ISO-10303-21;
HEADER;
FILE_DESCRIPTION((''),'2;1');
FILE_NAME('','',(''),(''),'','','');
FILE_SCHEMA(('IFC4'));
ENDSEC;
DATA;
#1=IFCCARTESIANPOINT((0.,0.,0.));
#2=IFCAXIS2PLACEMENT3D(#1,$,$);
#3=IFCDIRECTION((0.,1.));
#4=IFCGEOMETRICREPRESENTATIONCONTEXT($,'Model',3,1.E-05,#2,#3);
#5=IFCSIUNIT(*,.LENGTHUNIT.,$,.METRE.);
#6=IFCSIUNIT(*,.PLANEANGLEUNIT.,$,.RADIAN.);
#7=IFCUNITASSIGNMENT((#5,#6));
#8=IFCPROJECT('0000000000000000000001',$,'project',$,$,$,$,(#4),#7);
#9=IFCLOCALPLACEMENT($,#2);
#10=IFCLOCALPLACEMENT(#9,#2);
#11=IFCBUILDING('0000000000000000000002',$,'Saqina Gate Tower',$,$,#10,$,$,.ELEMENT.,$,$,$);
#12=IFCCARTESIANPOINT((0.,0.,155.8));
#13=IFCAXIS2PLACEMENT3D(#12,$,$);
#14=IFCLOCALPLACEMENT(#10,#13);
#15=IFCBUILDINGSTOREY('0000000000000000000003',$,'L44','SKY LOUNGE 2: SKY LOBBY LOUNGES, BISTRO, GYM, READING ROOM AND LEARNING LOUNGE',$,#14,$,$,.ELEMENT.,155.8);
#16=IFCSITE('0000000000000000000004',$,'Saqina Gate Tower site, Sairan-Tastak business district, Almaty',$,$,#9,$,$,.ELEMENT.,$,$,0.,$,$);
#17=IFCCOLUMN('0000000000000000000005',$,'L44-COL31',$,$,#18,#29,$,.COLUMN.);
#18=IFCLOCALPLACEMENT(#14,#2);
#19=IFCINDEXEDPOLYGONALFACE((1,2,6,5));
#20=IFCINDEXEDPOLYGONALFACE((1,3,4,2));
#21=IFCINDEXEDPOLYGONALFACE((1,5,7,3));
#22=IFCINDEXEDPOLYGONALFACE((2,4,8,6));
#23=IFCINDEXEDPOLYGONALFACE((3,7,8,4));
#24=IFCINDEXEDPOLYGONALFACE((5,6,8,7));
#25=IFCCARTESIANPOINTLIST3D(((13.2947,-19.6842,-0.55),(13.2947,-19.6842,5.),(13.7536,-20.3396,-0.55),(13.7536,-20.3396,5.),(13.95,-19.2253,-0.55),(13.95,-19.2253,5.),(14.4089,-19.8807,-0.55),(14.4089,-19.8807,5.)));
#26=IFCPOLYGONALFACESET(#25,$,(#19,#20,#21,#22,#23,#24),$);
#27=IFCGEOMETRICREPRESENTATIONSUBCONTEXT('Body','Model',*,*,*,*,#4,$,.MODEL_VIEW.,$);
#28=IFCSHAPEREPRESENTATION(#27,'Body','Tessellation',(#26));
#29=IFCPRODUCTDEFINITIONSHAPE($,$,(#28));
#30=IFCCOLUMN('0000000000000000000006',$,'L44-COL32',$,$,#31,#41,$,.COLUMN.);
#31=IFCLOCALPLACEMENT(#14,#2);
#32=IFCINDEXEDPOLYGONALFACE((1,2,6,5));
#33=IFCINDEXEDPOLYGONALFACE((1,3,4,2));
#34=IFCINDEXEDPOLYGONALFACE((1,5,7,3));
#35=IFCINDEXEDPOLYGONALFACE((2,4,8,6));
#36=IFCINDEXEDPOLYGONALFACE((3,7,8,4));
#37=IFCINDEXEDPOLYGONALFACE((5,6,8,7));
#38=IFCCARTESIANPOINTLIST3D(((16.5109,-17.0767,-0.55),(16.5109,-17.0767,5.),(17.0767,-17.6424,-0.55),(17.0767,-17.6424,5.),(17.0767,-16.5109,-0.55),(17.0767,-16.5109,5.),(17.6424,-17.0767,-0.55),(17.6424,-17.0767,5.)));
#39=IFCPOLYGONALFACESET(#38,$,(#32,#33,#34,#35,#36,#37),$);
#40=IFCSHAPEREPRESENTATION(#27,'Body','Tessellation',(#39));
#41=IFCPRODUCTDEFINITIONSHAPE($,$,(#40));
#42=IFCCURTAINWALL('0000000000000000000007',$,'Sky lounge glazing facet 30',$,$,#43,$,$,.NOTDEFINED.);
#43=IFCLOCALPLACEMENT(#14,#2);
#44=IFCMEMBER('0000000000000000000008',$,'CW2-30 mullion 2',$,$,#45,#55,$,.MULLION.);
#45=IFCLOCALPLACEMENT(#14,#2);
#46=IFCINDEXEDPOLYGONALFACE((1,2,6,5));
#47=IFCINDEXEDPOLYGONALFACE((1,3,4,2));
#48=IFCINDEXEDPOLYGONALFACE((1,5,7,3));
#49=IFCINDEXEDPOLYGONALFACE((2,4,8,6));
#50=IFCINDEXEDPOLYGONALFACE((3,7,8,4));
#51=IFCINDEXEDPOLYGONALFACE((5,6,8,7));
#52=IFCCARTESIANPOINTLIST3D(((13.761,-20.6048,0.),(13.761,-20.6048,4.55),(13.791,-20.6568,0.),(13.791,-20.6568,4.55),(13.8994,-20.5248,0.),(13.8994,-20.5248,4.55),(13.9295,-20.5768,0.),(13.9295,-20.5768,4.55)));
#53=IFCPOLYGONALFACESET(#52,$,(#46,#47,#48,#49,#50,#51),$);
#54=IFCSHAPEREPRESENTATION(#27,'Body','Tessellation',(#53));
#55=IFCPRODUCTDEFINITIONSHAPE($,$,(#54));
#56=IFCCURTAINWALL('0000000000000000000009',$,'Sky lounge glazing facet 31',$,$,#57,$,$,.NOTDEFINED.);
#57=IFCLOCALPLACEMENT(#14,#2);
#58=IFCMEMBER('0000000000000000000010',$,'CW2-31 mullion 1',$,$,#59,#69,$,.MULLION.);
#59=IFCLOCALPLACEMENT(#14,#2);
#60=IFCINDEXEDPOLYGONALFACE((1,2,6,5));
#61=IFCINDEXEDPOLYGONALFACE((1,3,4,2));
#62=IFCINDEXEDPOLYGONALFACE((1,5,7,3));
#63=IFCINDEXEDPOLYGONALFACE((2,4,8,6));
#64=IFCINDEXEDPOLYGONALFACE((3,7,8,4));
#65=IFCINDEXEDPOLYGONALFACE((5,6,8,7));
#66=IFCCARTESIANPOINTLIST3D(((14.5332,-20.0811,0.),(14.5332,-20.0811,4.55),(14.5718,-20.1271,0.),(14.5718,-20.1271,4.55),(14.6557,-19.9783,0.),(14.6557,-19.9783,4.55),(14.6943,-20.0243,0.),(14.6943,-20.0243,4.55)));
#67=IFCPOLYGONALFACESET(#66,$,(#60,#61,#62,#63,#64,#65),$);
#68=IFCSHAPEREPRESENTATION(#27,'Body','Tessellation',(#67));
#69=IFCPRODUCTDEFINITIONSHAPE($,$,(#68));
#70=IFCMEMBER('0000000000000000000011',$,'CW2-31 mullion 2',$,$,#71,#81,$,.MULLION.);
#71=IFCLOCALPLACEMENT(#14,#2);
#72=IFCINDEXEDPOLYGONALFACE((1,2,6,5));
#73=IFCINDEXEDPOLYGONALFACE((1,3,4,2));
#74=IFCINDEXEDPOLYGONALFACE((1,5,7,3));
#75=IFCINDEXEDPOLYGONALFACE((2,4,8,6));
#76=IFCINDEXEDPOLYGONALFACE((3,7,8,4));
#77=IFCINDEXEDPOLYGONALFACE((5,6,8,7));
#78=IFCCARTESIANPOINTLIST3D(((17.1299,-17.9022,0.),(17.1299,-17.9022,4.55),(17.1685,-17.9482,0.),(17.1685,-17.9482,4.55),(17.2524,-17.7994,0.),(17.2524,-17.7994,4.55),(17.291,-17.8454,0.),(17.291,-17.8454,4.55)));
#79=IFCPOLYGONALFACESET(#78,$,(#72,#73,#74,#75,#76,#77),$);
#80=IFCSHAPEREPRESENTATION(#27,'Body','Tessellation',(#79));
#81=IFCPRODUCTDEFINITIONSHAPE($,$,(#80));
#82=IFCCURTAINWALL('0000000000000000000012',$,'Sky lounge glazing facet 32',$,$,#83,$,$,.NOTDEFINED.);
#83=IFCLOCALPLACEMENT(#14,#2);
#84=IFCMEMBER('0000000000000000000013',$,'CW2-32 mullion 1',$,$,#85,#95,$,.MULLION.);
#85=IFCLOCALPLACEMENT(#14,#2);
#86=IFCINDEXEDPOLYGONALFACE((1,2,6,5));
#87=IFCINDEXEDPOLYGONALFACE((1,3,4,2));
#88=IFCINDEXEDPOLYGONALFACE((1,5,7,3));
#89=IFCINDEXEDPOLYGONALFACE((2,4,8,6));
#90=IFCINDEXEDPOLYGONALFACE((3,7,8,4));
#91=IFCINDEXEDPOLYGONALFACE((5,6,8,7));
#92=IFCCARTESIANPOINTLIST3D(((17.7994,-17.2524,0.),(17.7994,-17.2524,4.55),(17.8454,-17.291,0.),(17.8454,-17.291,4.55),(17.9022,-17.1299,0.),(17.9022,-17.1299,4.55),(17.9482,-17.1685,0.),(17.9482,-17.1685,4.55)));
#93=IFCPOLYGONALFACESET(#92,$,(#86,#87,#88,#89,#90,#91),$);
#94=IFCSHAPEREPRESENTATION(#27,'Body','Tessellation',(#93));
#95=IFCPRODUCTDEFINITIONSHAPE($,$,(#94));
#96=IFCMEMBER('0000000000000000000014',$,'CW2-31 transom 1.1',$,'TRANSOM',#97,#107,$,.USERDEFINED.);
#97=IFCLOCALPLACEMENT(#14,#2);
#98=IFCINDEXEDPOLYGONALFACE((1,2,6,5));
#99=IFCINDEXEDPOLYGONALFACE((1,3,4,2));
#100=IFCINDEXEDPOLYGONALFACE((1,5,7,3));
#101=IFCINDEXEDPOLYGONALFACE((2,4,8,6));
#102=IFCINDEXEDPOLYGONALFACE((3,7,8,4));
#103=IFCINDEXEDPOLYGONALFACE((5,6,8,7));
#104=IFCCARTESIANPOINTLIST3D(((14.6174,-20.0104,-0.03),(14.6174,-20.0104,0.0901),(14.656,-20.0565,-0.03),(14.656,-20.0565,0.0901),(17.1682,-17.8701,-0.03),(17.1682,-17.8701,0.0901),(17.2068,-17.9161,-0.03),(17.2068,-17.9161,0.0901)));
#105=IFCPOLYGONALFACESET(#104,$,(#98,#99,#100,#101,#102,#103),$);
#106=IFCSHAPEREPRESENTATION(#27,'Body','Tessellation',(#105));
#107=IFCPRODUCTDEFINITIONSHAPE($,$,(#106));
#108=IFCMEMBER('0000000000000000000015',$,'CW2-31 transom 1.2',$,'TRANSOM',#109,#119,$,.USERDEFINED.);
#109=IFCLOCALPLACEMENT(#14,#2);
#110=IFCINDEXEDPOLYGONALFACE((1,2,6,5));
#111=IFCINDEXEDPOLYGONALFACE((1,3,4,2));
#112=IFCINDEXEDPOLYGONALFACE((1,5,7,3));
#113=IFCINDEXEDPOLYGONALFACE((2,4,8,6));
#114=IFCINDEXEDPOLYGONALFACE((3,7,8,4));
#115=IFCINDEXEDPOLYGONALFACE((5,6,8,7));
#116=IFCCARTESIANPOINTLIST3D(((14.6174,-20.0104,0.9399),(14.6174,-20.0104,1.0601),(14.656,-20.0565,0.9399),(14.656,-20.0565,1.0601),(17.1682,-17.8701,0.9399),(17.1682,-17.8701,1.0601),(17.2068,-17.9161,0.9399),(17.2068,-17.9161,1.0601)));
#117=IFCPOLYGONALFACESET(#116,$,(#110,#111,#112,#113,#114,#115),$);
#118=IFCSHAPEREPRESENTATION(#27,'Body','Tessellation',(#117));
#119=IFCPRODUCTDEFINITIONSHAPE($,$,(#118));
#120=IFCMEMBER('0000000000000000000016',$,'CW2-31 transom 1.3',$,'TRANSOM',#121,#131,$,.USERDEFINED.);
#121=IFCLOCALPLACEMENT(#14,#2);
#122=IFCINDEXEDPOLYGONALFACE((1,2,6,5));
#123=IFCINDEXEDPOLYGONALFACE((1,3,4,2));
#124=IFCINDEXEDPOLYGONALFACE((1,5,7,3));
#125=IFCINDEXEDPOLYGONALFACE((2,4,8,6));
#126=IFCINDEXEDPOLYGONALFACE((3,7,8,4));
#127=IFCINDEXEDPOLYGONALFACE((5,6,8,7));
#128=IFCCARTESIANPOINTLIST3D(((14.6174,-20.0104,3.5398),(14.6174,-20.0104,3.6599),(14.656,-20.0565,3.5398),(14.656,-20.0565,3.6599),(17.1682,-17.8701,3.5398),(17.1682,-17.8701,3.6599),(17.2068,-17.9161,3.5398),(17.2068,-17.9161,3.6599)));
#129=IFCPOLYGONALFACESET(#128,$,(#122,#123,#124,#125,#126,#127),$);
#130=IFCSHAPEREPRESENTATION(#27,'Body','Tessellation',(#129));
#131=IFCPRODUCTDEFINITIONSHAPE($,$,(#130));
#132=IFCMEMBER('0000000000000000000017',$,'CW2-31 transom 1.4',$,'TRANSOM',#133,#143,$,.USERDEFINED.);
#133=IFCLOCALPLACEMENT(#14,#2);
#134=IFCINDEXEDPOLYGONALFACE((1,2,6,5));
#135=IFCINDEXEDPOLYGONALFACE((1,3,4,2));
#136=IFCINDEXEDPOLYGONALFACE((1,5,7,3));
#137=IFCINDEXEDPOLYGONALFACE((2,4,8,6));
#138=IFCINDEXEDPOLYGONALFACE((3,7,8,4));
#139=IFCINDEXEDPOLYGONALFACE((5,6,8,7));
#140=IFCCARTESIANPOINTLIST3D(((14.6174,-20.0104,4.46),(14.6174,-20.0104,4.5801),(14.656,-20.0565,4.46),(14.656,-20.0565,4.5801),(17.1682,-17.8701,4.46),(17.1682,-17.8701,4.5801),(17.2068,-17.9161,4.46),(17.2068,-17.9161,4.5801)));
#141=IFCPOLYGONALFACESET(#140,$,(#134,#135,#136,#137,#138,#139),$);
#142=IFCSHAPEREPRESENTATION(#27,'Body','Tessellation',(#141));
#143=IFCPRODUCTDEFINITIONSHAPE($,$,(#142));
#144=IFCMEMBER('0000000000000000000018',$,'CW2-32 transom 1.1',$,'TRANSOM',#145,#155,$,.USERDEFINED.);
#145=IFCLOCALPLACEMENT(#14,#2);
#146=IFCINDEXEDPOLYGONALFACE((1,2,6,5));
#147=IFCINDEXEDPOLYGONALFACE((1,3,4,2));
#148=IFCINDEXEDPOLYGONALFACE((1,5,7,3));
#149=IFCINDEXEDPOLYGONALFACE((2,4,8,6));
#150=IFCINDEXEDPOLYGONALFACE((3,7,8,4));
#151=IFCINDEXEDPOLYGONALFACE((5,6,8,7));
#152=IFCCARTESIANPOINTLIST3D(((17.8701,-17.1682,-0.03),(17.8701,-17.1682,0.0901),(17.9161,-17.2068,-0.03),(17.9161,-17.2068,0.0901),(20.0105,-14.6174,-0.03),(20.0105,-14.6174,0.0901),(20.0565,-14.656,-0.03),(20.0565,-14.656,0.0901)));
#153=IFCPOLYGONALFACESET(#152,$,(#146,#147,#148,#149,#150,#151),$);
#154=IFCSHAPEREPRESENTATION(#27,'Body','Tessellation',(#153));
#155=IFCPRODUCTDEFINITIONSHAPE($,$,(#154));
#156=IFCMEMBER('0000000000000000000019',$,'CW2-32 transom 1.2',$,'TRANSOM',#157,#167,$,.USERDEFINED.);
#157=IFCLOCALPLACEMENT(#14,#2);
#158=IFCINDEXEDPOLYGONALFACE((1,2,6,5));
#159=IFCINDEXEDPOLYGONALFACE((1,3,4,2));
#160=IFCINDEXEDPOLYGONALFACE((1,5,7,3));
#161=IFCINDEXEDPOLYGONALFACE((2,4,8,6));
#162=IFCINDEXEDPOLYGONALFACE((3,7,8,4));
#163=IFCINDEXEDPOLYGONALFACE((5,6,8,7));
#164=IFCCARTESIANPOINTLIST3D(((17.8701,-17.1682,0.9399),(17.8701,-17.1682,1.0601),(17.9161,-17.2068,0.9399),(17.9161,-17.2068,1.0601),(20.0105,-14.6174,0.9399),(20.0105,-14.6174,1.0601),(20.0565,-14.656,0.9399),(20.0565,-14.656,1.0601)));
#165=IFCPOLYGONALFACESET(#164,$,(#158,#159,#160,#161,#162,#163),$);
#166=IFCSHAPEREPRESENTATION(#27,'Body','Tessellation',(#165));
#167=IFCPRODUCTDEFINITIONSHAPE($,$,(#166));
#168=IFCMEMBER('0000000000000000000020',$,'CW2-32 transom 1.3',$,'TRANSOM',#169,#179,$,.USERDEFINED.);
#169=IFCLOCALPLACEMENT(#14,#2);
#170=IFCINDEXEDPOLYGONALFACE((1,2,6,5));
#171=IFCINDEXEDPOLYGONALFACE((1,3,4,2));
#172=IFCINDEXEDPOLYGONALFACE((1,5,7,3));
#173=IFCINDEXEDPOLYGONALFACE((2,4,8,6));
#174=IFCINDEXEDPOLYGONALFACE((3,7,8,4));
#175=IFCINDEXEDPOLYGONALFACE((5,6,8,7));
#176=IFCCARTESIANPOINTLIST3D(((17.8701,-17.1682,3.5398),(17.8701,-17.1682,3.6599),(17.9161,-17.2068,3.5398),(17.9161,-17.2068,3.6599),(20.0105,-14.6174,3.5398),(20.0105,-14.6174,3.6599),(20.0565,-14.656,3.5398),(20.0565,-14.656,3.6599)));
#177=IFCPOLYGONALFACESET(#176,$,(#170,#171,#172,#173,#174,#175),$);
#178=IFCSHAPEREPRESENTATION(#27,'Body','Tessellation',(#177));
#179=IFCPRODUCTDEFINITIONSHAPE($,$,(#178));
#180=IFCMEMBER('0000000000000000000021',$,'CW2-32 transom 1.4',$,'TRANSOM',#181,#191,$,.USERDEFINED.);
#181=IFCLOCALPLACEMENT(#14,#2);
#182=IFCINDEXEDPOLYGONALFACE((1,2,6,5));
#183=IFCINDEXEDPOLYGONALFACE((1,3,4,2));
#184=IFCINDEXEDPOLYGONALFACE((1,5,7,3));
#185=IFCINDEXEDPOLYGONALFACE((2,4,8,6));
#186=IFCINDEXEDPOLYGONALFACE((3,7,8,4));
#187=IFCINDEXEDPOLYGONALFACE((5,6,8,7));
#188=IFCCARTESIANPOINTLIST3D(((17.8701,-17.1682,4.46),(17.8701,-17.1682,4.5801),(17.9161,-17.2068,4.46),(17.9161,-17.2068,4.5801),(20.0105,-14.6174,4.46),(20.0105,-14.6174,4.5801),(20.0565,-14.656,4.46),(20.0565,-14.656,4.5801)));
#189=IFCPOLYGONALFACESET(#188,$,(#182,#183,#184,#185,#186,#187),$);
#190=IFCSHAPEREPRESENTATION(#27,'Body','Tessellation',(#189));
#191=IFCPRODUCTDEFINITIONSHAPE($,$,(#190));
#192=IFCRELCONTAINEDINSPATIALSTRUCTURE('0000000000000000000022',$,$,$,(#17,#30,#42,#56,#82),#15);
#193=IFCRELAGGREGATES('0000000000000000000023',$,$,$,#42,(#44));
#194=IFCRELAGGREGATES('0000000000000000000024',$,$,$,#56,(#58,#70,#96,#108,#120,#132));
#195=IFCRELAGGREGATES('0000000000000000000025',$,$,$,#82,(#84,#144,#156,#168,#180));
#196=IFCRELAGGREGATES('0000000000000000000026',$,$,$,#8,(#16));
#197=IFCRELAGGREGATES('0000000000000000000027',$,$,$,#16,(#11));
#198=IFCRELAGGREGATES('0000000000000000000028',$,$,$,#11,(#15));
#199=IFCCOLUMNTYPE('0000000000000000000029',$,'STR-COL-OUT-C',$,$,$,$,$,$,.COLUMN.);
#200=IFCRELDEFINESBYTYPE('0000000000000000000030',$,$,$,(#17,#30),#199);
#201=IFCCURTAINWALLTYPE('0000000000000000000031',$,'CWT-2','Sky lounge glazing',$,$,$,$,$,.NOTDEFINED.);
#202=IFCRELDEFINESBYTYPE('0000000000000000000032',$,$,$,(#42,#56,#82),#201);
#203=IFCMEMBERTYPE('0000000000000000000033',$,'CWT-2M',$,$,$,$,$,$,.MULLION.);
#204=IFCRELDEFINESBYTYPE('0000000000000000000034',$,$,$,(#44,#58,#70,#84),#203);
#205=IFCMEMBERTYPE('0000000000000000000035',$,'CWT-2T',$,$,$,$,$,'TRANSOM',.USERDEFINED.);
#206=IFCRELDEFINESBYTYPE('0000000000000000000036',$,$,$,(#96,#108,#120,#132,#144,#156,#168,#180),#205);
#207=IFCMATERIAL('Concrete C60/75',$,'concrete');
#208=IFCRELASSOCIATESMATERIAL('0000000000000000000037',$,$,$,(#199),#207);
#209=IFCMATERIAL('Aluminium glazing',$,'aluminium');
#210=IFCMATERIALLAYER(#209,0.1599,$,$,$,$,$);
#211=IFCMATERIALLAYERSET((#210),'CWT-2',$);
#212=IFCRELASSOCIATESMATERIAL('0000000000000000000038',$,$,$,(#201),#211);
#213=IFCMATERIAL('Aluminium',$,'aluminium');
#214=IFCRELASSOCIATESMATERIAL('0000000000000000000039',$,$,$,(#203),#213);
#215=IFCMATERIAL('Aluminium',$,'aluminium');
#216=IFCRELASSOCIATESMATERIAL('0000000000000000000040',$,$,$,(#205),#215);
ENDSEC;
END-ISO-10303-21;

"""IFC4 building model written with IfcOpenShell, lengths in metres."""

from ifc_helpers import new_model, si_unit, direction, frame, origin, origin_2d, place, context, subcontext, project, spatial, rectangle, extrude, material, layer, layer_set, material_profile, profile_set, type_object, element, aggregate, save


model = new_model("IFC4")

# Units and contexts
model_context = context("Model", 3, precision=1e-05, world=origin(), true_north=direction((0.0, 1.0)))
body_context = subcontext(model_context, "Body", "Model", "MODEL_VIEW")
ifc_project = project(units=[si_unit("LENGTHUNIT", "METRE"), si_unit("PLANEANGLEUNIT", "RADIAN")], contexts=[model_context])

# Site, building, storey
site_placement = place(None, origin())
site = spatial("IfcSite", under=ifc_project, at=site_placement, Name="Saqina Gate Tower site, Sairan-Tastak business district, Almaty", CompositionType="ELEMENT", RefElevation=0.0)
building_placement = place(site_placement, origin())
building = spatial("IfcBuilding", under=site, at=building_placement, Name="Saqina Gate Tower", CompositionType="ELEMENT")
storey_placement = place(building_placement, frame((0.0, 0.0, 155.8)))
storey = spatial("IfcBuildingStorey", under=building, at=storey_placement, Name="L44", Description="SKY LOUNGE 2: SKY LOBBY LOUNGES, BISTRO, GYM, READING ROOM AND LEARNING LOUNGE", CompositionType="ELEMENT", Elevation=155.8)

# Columns
ifc_material_1 = material(Name="Concrete C60/75", Category="concrete")
ifc_material_profile_1 = material_profile(ifc_material_1, rectangle(XDim=0.8, YDim=0.8, at=origin_2d()), Name="RC 800x800")
ifc_profile_set_1 = profile_set([ifc_material_profile_1], Name="Concrete C60/75")
column_type = type_object("IfcColumnType", Name="STR-COL-OUT-C", PredefinedType="COLUMN", material=ifc_profile_set_1)
for number, where, z_axis, x_axis, name in (
    (1, (13.8518, -19.7825, -0.55), (0.0, 0.0, 1.0), (0.573576, -0.819152, 0.0), "L44-COL31"),
    (2, (17.0767, -17.0767, -0.55), (0.0, 0.0, 1.0), (0.707107, -0.707107, 0.0), "L44-COL32"),
):
    element("IfcColumn", number, at=place(storey_placement, frame(where, z_axis=z_axis, x_axis=x_axis)), inside=storey, type_object=column_type, Name=name, PredefinedType="COLUMN", context=body_context, shape_type="SweptSolid", body=[
        extrude(rectangle(XDim=0.8, YDim=0.8, at=origin_2d()), origin(), (0.0, 0.0, 1.0), 5.55),
    ])

# Curtain wall, member
ifc_material_2 = material(Name="Aluminium glazing", Category="aluminium")
ifc_layer_1 = layer(ifc_material_2, 0.1599)
ifc_layer_set_1 = layer_set([ifc_layer_1], Name="CWT-2")
curtain_wall_type = type_object("IfcCurtainWallType", Name="CWT-2", Description="Sky lounge glazing", PredefinedType="NOTDEFINED", material=ifc_layer_set_1)
curtain_wall_1_placement = place(storey_placement, origin())
curtain_wall_1 = element("IfcCurtainWall", 3, at=curtain_wall_1_placement, inside=storey, type_object=curtain_wall_type, Name="Sky lounge glazing facet 30", PredefinedType="NOTDEFINED")
ifc_material_3 = material(Name="Aluminium", Category="aluminium")
ifc_material_profile_2 = material_profile(ifc_material_3, rectangle(XDim=0.0601, YDim=0.1599, at=origin_2d()), Name="Aluminium 60x160")
ifc_profile_set_2 = profile_set([ifc_material_profile_2], Name="Aluminium")
member_type_1 = type_object("IfcMemberType", Name="CWT-2M", PredefinedType="MULLION", material=ifc_profile_set_2)
member_1_placement = place(storey_placement, frame((13.8452, -20.5908, 0.0), z_axis=(0.0, 0.0, 1.0), x_axis=(-0.500014, 0.866017, 0.0)))
member_1 = element("IfcMember", 4, at=member_1_placement, type_object=member_type_1, Name="CW2-30 mullion 2", PredefinedType="MULLION", context=body_context, shape_type="SweptSolid", body=[
    extrude(rectangle(XDim=0.0601, YDim=0.1599, at=origin_2d()), origin(), (0.0, 0.0, 1.0), 4.55),
])
aggregate(curtain_wall_1, [member_1])

# Curtain wall, members
curtain_wall_2_placement = place(storey_placement, origin())
curtain_wall_2 = element("IfcCurtainWall", 5, at=curtain_wall_2_placement, inside=storey, type_object=curtain_wall_type, Name="Sky lounge glazing facet 31", PredefinedType="NOTDEFINED")
member_2_placement = place(storey_placement, frame((14.6138, -20.0527, 0.0), z_axis=(0.0, 0.0, 1.0), x_axis=(-0.64279, 0.766043, 0.0)))
member_2 = element("IfcMember", 6, at=member_2_placement, type_object=member_type_1, Name="CW2-31 mullion 1", PredefinedType="MULLION", context=body_context, shape_type="SweptSolid", body=[
    extrude(rectangle(XDim=0.0601, YDim=0.1599, at=origin_2d()), origin(), (0.0, 0.0, 1.0), 4.55),
])
member_3_placement = place(storey_placement, frame((17.2104, -17.8738, 0.0), z_axis=(0.0, 0.0, 1.0), x_axis=(-0.64279, 0.766043, 0.0)))
member_3 = element("IfcMember", 7, at=member_3_placement, type_object=member_type_1, Name="CW2-31 mullion 2", PredefinedType="MULLION", context=body_context, shape_type="SweptSolid", body=[
    extrude(rectangle(XDim=0.0601, YDim=0.1599, at=origin_2d()), origin(), (0.0, 0.0, 1.0), 4.55),
])

# Curtain wall, member
curtain_wall_3_placement = place(storey_placement, origin())
curtain_wall_3 = element("IfcCurtainWall", 8, at=curtain_wall_3_placement, inside=storey, type_object=curtain_wall_type, Name="Sky lounge glazing facet 32", PredefinedType="NOTDEFINED")
member_4_placement = place(storey_placement, frame((17.8738, -17.2104, 0.0), z_axis=(0.0, 0.0, 1.0), x_axis=(-0.766043, 0.64279, 0.0)))
member_4 = element("IfcMember", 9, at=member_4_placement, type_object=member_type_1, Name="CW2-32 mullion 1", PredefinedType="MULLION", context=body_context, shape_type="SweptSolid", body=[
    extrude(rectangle(XDim=0.0601, YDim=0.1599, at=origin_2d()), origin(), (0.0, 0.0, 1.0), 4.55),
])

# Members
ifc_material_4 = material(Name="Aluminium", Category="aluminium")
ifc_material_profile_3 = material_profile(ifc_material_4, rectangle(XDim=0.0601, YDim=0.1201, at=origin_2d()), Name="Aluminium 60x120")
ifc_profile_set_3 = profile_set([ifc_material_profile_3], Name="Aluminium")
member_type_2 = type_object("IfcMemberType", Name="CWT-2T", ElementType="TRANSOM", PredefinedType="USERDEFINED", material=ifc_profile_set_3)
member_5_placement = place(storey_placement, frame((14.6367, -20.0334, 0.03), z_axis=(0.766041, 0.642791, 0.0), x_axis=(-0.642791, 0.766041, 0.0)))
member_5 = element("IfcMember", 10, at=member_5_placement, type_object=member_type_2, Name="CW2-31 transom 1.1", ObjectType="TRANSOM", PredefinedType="USERDEFINED", context=body_context, shape_type="SweptSolid", body=[
    extrude(rectangle(XDim=0.0601, YDim=0.1201, at=origin_2d()), origin(), (0.0, 0.0, 1.0), 3.3298),
])
member_6_placement = place(storey_placement, frame((14.6367, -20.0334, 1.0), z_axis=(0.766041, 0.642791, 0.0), x_axis=(-0.642791, 0.766041, 0.0)))
member_6 = element("IfcMember", 11, at=member_6_placement, type_object=member_type_2, Name="CW2-31 transom 1.2", ObjectType="TRANSOM", PredefinedType="USERDEFINED", context=body_context, shape_type="SweptSolid", body=[
    extrude(rectangle(XDim=0.0601, YDim=0.1201, at=origin_2d()), origin(), (0.0, 0.0, 1.0), 3.3298),
])
member_7_placement = place(storey_placement, frame((14.6367, -20.0334, 3.5999), z_axis=(0.766041, 0.642791, 0.0), x_axis=(-0.642791, 0.766041, 0.0)))
member_7 = element("IfcMember", 12, at=member_7_placement, type_object=member_type_2, Name="CW2-31 transom 1.3", ObjectType="TRANSOM", PredefinedType="USERDEFINED", context=body_context, shape_type="SweptSolid", body=[
    extrude(rectangle(XDim=0.0601, YDim=0.1201, at=origin_2d()), origin(), (0.0, 0.0, 1.0), 3.3298),
])
member_8_placement = place(storey_placement, frame((14.6367, -20.0334, 4.52), z_axis=(0.766041, 0.642791, 0.0), x_axis=(-0.642791, 0.766041, 0.0)))
member_8 = element("IfcMember", 13, at=member_8_placement, type_object=member_type_2, Name="CW2-31 transom 1.4", ObjectType="TRANSOM", PredefinedType="USERDEFINED", context=body_context, shape_type="SweptSolid", body=[
    extrude(rectangle(XDim=0.0601, YDim=0.1201, at=origin_2d()), origin(), (0.0, 0.0, 1.0), 3.3298),
])
member_9_placement = place(storey_placement, frame((17.8931, -17.1875, 0.03), z_axis=(0.642791, 0.766041, 0.0), x_axis=(-0.766041, 0.642791, 0.0)))
member_9 = element("IfcMember", 14, at=member_9_placement, type_object=member_type_2, Name="CW2-32 transom 1.1", ObjectType="TRANSOM", PredefinedType="USERDEFINED", context=body_context, shape_type="SweptSolid", body=[
    extrude(rectangle(XDim=0.0601, YDim=0.1201, at=origin_2d()), origin(), (0.0, 0.0, 1.0), 3.3298),
])
member_10_placement = place(storey_placement, frame((17.8931, -17.1875, 1.0), z_axis=(0.642791, 0.766041, 0.0), x_axis=(-0.766041, 0.642791, 0.0)))
member_10 = element("IfcMember", 15, at=member_10_placement, type_object=member_type_2, Name="CW2-32 transom 1.2", ObjectType="TRANSOM", PredefinedType="USERDEFINED", context=body_context, shape_type="SweptSolid", body=[
    extrude(rectangle(XDim=0.0601, YDim=0.1201, at=origin_2d()), origin(), (0.0, 0.0, 1.0), 3.3298),
])
member_11_placement = place(storey_placement, frame((17.8931, -17.1875, 3.5999), z_axis=(0.642791, 0.766041, 0.0), x_axis=(-0.766041, 0.642791, 0.0)))
member_11 = element("IfcMember", 16, at=member_11_placement, type_object=member_type_2, Name="CW2-32 transom 1.3", ObjectType="TRANSOM", PredefinedType="USERDEFINED", context=body_context, shape_type="SweptSolid", body=[
    extrude(rectangle(XDim=0.0601, YDim=0.1201, at=origin_2d()), origin(), (0.0, 0.0, 1.0), 3.3298),
])
member_12_placement = place(storey_placement, frame((17.8931, -17.1875, 4.52), z_axis=(0.642791, 0.766041, 0.0), x_axis=(-0.766041, 0.642791, 0.0)))
member_12 = element("IfcMember", 17, at=member_12_placement, type_object=member_type_2, Name="CW2-32 transom 1.4", ObjectType="TRANSOM", PredefinedType="USERDEFINED", context=body_context, shape_type="SweptSolid", body=[
    extrude(rectangle(XDim=0.0601, YDim=0.1201, at=origin_2d()), origin(), (0.0, 0.0, 1.0), 3.3298),
])

aggregate(curtain_wall_2, [member_2, member_3, member_5, member_6, member_7, member_8])
aggregate(curtain_wall_3, [member_4, member_9, member_10, member_11, member_12])

save(model, "model.ifc")
